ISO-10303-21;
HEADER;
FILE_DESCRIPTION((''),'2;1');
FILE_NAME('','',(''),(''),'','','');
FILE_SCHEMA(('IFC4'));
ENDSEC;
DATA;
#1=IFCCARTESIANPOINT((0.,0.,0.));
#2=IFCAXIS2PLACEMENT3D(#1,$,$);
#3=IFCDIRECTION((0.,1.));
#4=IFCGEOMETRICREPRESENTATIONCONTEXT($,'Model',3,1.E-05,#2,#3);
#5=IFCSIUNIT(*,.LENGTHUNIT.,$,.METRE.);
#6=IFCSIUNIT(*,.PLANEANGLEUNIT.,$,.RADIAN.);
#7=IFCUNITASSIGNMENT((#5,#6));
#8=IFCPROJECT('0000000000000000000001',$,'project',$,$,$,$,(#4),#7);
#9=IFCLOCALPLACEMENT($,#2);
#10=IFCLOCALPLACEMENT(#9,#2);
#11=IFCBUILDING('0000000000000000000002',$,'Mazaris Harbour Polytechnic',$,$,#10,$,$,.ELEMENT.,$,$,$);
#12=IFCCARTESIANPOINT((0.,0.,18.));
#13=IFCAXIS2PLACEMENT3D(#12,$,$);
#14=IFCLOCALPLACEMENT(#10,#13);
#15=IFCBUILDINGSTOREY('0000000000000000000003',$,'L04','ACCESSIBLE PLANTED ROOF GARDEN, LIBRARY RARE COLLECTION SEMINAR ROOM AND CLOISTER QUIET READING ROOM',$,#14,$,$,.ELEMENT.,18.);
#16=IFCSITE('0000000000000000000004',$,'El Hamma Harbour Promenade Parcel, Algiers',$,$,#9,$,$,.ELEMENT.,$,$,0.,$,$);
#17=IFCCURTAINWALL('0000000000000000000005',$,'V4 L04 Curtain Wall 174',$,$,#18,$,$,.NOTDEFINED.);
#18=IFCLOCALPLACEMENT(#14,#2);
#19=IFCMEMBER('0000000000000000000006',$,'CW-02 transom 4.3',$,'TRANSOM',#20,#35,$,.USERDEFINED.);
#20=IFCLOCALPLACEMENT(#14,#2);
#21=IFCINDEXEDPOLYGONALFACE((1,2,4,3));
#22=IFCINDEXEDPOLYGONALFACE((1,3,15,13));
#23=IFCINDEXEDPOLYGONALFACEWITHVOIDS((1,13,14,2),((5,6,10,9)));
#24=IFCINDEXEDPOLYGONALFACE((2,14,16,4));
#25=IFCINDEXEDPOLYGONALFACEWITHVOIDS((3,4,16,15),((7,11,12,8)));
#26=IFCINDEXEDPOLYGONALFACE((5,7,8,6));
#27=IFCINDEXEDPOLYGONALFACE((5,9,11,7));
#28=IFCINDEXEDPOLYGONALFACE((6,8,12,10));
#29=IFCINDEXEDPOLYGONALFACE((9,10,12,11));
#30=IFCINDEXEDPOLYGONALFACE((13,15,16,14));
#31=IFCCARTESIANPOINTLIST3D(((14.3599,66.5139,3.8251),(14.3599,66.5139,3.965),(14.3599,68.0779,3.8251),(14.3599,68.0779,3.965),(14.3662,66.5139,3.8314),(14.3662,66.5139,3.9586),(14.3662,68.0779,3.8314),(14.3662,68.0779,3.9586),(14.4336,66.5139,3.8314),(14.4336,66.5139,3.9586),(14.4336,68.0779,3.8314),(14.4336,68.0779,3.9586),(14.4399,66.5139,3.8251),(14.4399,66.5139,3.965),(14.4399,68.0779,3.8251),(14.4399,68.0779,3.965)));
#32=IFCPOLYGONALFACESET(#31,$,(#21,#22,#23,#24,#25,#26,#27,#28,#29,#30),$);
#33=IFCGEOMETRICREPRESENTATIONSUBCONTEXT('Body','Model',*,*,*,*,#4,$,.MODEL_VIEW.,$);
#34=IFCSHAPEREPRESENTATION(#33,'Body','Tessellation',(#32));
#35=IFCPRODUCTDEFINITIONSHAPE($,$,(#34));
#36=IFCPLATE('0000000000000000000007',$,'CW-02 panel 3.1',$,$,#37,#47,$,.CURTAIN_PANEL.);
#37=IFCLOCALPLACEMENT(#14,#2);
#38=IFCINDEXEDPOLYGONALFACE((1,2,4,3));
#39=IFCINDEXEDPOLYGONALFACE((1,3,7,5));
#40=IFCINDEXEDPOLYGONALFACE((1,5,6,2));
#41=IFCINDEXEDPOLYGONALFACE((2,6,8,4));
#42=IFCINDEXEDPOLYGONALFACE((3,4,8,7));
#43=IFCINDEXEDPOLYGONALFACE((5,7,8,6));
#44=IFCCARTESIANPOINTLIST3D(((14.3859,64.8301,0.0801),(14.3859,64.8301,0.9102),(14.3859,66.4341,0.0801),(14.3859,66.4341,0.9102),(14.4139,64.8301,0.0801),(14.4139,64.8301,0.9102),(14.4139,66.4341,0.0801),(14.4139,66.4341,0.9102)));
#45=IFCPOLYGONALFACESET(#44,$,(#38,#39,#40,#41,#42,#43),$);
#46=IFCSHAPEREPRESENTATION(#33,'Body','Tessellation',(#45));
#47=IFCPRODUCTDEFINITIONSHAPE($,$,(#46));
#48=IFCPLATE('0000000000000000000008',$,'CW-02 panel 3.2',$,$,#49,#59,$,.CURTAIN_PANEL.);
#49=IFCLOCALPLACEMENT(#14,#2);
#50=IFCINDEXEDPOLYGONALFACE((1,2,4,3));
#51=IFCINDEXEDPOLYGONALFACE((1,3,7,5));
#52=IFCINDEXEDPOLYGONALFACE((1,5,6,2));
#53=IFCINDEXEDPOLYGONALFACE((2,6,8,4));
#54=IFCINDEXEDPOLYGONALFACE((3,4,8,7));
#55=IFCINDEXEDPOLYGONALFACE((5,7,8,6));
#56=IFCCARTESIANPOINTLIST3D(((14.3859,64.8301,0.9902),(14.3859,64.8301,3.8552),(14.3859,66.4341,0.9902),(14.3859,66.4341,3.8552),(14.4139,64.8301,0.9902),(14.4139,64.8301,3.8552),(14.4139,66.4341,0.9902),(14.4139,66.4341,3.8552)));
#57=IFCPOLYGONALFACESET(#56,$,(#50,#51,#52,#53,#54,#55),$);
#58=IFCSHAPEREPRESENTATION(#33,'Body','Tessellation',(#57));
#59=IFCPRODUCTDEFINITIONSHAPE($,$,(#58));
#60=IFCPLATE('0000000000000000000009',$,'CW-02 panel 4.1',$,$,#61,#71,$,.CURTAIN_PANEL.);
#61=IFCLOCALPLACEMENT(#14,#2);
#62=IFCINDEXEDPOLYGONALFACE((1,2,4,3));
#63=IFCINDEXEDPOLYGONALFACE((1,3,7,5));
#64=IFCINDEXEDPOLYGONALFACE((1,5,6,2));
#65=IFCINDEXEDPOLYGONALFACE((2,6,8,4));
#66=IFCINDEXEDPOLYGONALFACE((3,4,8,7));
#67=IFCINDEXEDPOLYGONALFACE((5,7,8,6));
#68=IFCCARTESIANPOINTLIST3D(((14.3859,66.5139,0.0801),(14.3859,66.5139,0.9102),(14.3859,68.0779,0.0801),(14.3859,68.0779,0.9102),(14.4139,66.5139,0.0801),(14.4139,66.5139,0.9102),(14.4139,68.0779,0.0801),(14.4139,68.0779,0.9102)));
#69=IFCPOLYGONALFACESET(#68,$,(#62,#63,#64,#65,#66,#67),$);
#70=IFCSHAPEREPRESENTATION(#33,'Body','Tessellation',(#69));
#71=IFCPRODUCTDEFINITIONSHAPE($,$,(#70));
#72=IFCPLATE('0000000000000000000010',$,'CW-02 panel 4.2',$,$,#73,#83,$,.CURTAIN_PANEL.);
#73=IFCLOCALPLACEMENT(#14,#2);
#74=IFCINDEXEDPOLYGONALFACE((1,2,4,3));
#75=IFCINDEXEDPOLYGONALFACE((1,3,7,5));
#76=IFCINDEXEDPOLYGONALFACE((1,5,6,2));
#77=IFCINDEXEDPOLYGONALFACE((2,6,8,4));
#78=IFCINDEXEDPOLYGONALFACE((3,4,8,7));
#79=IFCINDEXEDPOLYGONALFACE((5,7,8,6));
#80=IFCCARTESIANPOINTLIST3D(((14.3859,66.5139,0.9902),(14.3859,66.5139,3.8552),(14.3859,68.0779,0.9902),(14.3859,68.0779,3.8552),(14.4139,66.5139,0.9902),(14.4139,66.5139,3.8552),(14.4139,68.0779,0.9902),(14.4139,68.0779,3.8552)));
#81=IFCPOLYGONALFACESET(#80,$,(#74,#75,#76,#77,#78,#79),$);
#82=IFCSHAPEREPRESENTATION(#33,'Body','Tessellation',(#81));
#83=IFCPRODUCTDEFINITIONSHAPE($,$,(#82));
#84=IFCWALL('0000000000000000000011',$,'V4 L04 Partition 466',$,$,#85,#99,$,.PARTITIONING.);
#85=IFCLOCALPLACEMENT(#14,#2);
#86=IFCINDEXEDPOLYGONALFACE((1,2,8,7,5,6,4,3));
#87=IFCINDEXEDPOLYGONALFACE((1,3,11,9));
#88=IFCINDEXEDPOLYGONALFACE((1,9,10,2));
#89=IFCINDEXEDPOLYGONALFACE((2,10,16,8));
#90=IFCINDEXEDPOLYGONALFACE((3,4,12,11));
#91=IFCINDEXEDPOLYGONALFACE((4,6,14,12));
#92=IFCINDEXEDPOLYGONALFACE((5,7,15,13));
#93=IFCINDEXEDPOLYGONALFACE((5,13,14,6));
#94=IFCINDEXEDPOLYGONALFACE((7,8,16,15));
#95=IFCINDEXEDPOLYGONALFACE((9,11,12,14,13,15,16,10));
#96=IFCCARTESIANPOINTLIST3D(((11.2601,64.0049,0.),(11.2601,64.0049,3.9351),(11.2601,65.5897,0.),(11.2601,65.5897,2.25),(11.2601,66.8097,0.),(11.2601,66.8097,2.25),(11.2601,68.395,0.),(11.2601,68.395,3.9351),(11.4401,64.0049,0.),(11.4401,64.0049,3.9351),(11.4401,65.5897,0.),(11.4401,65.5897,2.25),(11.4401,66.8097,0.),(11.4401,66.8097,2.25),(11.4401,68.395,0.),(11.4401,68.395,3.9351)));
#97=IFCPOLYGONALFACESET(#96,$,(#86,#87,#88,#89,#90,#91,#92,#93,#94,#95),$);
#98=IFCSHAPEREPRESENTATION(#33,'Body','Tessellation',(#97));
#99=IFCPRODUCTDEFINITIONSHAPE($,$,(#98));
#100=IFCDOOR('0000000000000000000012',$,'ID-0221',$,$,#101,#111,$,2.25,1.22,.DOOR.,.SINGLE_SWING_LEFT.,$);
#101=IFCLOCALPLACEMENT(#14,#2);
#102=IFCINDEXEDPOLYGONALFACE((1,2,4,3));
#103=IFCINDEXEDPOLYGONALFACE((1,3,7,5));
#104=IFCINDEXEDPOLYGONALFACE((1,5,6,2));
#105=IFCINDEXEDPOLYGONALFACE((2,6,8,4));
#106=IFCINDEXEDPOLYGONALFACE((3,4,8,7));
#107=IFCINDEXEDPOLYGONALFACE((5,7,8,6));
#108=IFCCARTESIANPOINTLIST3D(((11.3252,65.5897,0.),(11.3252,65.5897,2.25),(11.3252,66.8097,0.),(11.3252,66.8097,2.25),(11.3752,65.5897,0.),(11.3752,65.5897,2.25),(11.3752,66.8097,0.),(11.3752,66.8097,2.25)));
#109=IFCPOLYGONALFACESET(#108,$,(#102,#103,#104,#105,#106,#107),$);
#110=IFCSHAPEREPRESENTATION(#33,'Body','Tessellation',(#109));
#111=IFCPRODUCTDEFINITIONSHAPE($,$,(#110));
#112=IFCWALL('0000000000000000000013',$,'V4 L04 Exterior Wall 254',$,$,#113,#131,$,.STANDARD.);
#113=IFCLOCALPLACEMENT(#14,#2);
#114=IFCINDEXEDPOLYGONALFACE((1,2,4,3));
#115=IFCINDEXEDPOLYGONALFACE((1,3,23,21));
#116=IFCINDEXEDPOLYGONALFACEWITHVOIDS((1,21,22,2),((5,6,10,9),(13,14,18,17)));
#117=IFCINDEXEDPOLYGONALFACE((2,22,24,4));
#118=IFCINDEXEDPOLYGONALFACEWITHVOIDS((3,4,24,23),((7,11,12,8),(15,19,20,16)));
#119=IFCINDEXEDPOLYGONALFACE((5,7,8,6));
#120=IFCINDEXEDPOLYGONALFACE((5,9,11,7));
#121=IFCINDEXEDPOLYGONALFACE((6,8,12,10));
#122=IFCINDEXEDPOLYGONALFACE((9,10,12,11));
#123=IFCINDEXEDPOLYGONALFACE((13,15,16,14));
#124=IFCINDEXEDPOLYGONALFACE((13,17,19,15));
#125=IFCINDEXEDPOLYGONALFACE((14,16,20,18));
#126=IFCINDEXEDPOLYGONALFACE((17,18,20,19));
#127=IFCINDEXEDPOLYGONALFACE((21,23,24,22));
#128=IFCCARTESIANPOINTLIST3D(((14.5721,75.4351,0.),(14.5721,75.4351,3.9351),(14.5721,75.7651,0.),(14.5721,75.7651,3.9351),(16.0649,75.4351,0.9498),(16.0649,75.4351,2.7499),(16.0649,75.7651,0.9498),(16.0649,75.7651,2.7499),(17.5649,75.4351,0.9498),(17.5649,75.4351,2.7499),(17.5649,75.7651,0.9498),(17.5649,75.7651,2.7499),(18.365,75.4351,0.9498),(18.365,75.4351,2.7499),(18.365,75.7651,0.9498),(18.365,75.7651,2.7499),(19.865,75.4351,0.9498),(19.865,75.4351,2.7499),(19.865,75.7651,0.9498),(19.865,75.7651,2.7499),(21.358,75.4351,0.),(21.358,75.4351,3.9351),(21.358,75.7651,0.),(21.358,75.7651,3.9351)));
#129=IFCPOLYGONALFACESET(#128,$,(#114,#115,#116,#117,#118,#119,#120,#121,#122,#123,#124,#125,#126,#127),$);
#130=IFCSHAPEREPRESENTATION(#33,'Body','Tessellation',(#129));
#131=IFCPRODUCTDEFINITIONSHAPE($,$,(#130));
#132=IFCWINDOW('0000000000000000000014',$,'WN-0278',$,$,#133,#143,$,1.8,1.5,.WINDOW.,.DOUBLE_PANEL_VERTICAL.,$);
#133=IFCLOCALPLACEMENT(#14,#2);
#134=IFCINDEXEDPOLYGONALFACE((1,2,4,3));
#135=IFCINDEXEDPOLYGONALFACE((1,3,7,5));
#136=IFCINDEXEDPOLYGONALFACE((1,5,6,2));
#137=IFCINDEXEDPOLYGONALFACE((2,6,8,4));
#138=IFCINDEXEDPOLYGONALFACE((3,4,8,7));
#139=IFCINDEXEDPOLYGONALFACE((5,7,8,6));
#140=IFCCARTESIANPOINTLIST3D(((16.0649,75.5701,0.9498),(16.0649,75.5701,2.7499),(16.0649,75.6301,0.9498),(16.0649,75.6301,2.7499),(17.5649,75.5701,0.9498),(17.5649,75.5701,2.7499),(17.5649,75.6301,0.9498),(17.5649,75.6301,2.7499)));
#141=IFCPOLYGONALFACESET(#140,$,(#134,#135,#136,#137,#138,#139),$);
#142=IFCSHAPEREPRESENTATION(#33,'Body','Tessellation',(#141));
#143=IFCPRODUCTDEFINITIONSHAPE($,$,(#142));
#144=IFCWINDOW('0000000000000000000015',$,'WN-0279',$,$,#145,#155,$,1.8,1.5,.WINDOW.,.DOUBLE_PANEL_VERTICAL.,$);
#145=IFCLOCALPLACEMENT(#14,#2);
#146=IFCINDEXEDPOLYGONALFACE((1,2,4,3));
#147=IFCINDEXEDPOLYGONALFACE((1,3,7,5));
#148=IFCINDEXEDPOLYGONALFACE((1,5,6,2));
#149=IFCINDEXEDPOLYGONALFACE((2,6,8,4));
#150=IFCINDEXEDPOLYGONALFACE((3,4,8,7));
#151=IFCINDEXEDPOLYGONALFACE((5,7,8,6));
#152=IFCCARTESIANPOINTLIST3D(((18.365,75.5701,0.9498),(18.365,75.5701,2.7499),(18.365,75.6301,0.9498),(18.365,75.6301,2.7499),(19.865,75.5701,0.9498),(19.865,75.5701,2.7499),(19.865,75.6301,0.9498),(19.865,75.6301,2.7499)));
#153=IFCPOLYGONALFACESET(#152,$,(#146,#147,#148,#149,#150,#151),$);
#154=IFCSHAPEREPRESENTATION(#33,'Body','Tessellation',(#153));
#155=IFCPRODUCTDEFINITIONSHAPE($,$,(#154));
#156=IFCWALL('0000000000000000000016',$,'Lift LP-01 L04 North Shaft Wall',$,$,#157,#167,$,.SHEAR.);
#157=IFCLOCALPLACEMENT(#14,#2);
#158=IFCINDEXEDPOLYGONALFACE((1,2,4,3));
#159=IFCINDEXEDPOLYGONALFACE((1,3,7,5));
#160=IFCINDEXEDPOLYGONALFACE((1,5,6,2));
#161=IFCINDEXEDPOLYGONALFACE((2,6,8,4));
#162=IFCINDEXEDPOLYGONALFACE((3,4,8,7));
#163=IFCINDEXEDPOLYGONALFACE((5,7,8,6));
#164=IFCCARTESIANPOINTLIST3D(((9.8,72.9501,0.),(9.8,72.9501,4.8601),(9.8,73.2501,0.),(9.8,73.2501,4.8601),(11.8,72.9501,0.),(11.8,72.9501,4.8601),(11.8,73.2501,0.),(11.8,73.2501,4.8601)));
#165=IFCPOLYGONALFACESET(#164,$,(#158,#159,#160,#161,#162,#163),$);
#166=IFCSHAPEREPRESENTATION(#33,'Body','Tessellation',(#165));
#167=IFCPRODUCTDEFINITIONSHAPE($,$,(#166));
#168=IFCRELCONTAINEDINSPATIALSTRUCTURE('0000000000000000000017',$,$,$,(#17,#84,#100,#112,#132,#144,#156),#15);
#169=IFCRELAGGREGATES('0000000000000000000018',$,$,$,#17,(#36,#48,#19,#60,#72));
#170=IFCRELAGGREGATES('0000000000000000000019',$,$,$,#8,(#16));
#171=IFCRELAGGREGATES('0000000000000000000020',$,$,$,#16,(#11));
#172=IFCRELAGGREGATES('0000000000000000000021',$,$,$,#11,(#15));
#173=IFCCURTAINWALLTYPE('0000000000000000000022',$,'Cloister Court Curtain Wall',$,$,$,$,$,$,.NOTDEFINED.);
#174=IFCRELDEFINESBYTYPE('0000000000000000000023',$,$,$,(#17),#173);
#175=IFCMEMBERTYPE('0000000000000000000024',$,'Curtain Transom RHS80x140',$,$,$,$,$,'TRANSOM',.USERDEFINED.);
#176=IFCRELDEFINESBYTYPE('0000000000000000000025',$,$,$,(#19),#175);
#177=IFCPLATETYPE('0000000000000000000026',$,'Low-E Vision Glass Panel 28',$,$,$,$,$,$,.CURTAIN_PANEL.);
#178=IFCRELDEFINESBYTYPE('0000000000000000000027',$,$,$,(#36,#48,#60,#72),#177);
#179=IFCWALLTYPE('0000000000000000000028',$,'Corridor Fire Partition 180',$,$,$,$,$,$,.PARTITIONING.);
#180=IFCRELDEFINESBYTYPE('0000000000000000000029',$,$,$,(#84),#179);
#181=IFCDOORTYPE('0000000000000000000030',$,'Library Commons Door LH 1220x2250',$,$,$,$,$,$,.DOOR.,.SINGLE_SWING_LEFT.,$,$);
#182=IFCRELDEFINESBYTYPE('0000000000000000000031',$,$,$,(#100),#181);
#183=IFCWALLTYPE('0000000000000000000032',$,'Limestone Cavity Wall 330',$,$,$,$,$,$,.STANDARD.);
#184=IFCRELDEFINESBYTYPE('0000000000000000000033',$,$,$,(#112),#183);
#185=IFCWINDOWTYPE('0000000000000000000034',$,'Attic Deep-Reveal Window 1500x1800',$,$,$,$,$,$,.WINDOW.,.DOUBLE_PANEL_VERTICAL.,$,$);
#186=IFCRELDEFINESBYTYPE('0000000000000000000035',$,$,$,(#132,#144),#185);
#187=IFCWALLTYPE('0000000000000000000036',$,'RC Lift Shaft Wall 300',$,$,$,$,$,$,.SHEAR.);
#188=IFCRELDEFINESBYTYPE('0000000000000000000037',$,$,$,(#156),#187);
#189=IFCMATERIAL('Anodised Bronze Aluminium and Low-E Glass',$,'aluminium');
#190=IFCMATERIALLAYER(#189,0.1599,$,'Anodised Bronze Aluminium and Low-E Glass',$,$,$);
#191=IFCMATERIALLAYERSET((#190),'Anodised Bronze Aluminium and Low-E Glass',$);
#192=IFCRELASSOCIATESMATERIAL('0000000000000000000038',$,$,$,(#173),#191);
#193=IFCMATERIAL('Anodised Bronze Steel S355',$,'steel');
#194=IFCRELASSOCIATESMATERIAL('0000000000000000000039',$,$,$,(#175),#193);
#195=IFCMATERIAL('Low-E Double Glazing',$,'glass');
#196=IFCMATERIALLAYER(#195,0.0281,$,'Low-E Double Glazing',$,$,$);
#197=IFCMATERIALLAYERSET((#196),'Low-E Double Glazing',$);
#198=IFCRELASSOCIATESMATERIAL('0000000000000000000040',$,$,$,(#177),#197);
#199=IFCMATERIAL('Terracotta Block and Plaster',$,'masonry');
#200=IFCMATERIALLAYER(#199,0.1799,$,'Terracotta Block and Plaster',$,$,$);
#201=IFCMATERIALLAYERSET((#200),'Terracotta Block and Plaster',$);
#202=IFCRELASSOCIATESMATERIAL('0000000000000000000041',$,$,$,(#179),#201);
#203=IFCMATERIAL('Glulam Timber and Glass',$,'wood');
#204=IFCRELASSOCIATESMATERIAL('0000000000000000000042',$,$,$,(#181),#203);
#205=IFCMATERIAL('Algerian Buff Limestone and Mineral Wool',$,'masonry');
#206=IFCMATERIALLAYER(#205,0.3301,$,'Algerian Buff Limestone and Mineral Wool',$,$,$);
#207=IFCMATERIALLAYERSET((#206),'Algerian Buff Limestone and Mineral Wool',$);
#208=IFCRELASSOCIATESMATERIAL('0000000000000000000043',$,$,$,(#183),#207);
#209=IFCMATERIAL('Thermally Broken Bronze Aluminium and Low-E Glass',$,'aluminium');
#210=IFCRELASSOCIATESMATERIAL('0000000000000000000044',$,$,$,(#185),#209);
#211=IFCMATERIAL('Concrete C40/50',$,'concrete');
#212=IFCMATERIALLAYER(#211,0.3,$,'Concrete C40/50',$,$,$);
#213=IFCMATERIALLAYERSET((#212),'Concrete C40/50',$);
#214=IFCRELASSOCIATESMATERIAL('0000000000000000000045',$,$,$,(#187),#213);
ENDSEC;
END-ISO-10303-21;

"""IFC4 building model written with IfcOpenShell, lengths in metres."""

from ifc_helpers import new_model, si_unit, direction, frame, frame_2d, origin, origin_2d, place, context, subcontext, project, spatial, rectangle, hollow_rectangle, extrude, material, layer, layer_set, material_profile, profile_set, type_object, element, fill, aggregate, save


model = new_model("IFC4")

# Units and contexts
model_context = context("Model", 3, precision=1e-05, world=origin(), true_north=direction((0.0, 1.0)))
body_context = subcontext(model_context, "Body", "Model", "MODEL_VIEW")
ifc_project = project(units=[si_unit("LENGTHUNIT", "METRE"), si_unit("PLANEANGLEUNIT", "RADIAN")], contexts=[model_context])

# Site, building, storey
site_placement = place(None, origin())
site = spatial("IfcSite", under=ifc_project, at=site_placement, Name="El Hamma Harbour Promenade Parcel, Algiers", CompositionType="ELEMENT", RefElevation=0.0)
building_placement = place(site_placement, origin())
building = spatial("IfcBuilding", under=site, at=building_placement, Name="Mazaris Harbour Polytechnic", CompositionType="ELEMENT")
storey_placement = place(building_placement, frame((0.0, 0.0, 18.0)))
storey = spatial("IfcBuildingStorey", under=building, at=storey_placement, Name="L04", Description="ACCESSIBLE PLANTED ROOF GARDEN, LIBRARY RARE COLLECTION SEMINAR ROOM AND CLOISTER QUIET READING ROOM", CompositionType="ELEMENT", Elevation=18.0)

# Shared definitions
ifc_material_1 = material(Name="Anodised Bronze Aluminium and Low-E Glass", Category="aluminium")
ifc_layer_1 = layer(ifc_material_1, 0.1599, Name="Anodised Bronze Aluminium and Low-E Glass")
ifc_layer_set_1 = layer_set([ifc_layer_1], Name="Anodised Bronze Aluminium and Low-E Glass")
curtain_wall_type = type_object("IfcCurtainWallType", Name="Cloister Court Curtain Wall", PredefinedType="NOTDEFINED", material=ifc_layer_set_1)

# Curtain wall, member, plates
curtain_wall_1_placement = place(storey_placement, origin())
curtain_wall_1 = element("IfcCurtainWall", 1, at=curtain_wall_1_placement, inside=storey, type_object=curtain_wall_type, Name="V4 L04 Curtain Wall 174", PredefinedType="NOTDEFINED")
ifc_material_2 = material(Name="Anodised Bronze Steel S355", Category="steel")
ifc_material_profile_1 = material_profile(ifc_material_2, hollow_rectangle(XDim=0.0801, YDim=0.1399, WallThickness=0.0063, at=origin_2d()), Name="RHS 80x140x6.3")
ifc_profile_set_1 = profile_set([ifc_material_profile_1], Name="Anodised Bronze Steel S355")
member_type_1 = type_object("IfcMemberType", Name="Curtain Transom RHS80x140", ElementType="TRANSOM", PredefinedType="USERDEFINED", material=ifc_profile_set_1)
member_1_placement = place(storey_placement, frame((14.3999, 66.5139, 3.895), z_axis=(0.0, 1.0, 0.0), x_axis=(-1.0, 0.0, 0.0)))
member_1 = element("IfcMember", 2, at=member_1_placement, type_object=member_type_1, Name="CW-02 transom 4.3", ObjectType="TRANSOM", PredefinedType="USERDEFINED", context=body_context, shape_type="SweptSolid", body=[
    extrude(hollow_rectangle(XDim=0.0801, YDim=0.1399, WallThickness=0.0063, at=origin_2d()), origin(), (0.0, 0.0, 1.0), 1.564),
])
ifc_material_3 = material(Name="Low-E Double Glazing", Category="glass")
ifc_layer_2 = layer(ifc_material_3, 0.0281, Name="Low-E Double Glazing")
ifc_layer_set_2 = layer_set([ifc_layer_2], Name="Low-E Double Glazing")
plate_type = type_object("IfcPlateType", Name="Low-E Vision Glass Panel 28", PredefinedType="CURTAIN_PANEL", material=ifc_layer_set_2)
plate_1_placement = place(storey_placement, frame((14.3999, 65.6321, 0.0801), z_axis=(0.0, 0.0, 1.0), x_axis=(0.0, 1.0, 0.0)))
plate_1 = element("IfcPlate", 3, at=plate_1_placement, type_object=plate_type, Name="CW-02 panel 3.1", PredefinedType="CURTAIN_PANEL", context=body_context, shape_type="SweptSolid", body=[
    extrude(rectangle(XDim=1.604, YDim=0.0281, at=origin_2d()), origin(), (0.0, 0.0, 1.0), 0.8301),
])
plate_2_placement = place(storey_placement, frame((14.3999, 65.6321, 0.9902), z_axis=(0.0, 0.0, 1.0), x_axis=(0.0, 1.0, 0.0)))
plate_2 = element("IfcPlate", 4, at=plate_2_placement, type_object=plate_type, Name="CW-02 panel 3.2", PredefinedType="CURTAIN_PANEL", context=body_context, shape_type="SweptSolid", body=[
    extrude(rectangle(XDim=1.604, YDim=0.0281, at=origin_2d()), origin(), (0.0, 0.0, 1.0), 2.865),
])
plate_3_placement = place(storey_placement, frame((14.3999, 67.2959, 0.0801), z_axis=(0.0, 0.0, 1.0), x_axis=(0.0, 1.0, 0.0)))
plate_3 = element("IfcPlate", 5, at=plate_3_placement, type_object=plate_type, Name="CW-02 panel 4.1", PredefinedType="CURTAIN_PANEL", context=body_context, shape_type="SweptSolid", body=[
    extrude(rectangle(XDim=1.564, YDim=0.0281, at=origin_2d()), origin(), (0.0, 0.0, 1.0), 0.8301),
])
plate_4_placement = place(storey_placement, frame((14.3999, 67.2959, 0.9902), z_axis=(0.0, 0.0, 1.0), x_axis=(0.0, 1.0, 0.0)))
plate_4 = element("IfcPlate", 6, at=plate_4_placement, type_object=plate_type, Name="CW-02 panel 4.2", PredefinedType="CURTAIN_PANEL", context=body_context, shape_type="SweptSolid", body=[
    extrude(rectangle(XDim=1.564, YDim=0.0281, at=origin_2d()), origin(), (0.0, 0.0, 1.0), 2.865),
])
aggregate(curtain_wall_1, [plate_1, plate_2, member_1, plate_3, plate_4])

# Wall, opening, door
ifc_material_4 = material(Name="Terracotta Block and Plaster", Category="masonry")
ifc_layer_3 = layer(ifc_material_4, 0.1799, Name="Terracotta Block and Plaster")
ifc_layer_set_3 = layer_set([ifc_layer_3], Name="Terracotta Block and Plaster")
wall_type_1 = type_object("IfcWallType", Name="Corridor Fire Partition 180", PredefinedType="PARTITIONING", material=ifc_layer_set_3)
wall_1_placement = place(storey_placement, frame((11.3501, 64.0049, 0.0), z_axis=(0.0, 0.0, 1.0), x_axis=(0.0, 1.0, 0.0)))
wall_1 = element("IfcWall", 7, at=wall_1_placement, inside=storey, type_object=wall_type_1, Name="V4 L04 Partition 466", PredefinedType="PARTITIONING", context=body_context, shape_type="SweptSolid", body=[
    extrude(rectangle(XDim=4.3901, YDim=0.1799, at=frame_2d((2.1951, 0.0))), origin(), (0.0, 0.0, 1.0), 3.9351),
])
opening_1_placement = place(wall_1_placement, frame((1.585, 0.0, 0.0)))
opening_1 = element("IfcOpeningElement", 8, at=opening_1_placement, cuts=wall_1, PredefinedType="OPENING", context=body_context, shape_type="SweptSolid", body=[
    extrude(rectangle(XDim=1.22, YDim=2.25, at=frame_2d((0.6099, 1.125))), frame((0.0, 0.0999, 0.0), z_axis=(0.0, -1.0, 0.0), x_axis=(1.0, 0.0, 0.0)), (0.0, 0.0, 1.0), 0.2),
])
ifc_material_5 = material(Name="Glulam Timber and Glass", Category="wood")
door_type_1 = type_object("IfcDoorType", Name="Library Commons Door LH 1220x2250", OperationType="SINGLE_SWING_LEFT", PredefinedType="DOOR", material=ifc_material_5)
door_1_placement = place(opening_1_placement, origin())
door_1 = element("IfcDoor", 9, at=door_1_placement, inside=storey, type_object=door_type_1, Name="ID-0221", OperationType="SINGLE_SWING_LEFT", OverallHeight=2.25, OverallWidth=1.22, PredefinedType="DOOR", context=body_context, shape_type="SweptSolid", body=[
    extrude(rectangle(XDim=1.22, YDim=2.25, at=frame_2d((0.6099, 1.125))), frame((0.0, 0.0249, 0.0), z_axis=(0.0, -1.0, 0.0), x_axis=(1.0, 0.0, 0.0)), (0.0, 0.0, 1.0), 0.05),
])
fill(opening_1, door_1)

# Wall, openings, windows
ifc_material_6 = material(Name="Algerian Buff Limestone and Mineral Wool", Category="masonry")
ifc_layer_4 = layer(ifc_material_6, 0.3301, Name="Algerian Buff Limestone and Mineral Wool")
ifc_layer_set_4 = layer_set([ifc_layer_4], Name="Algerian Buff Limestone and Mineral Wool")
wall_type_2 = type_object("IfcWallType", Name="Limestone Cavity Wall 330", PredefinedType="STANDARD", material=ifc_layer_set_4)
wall_2_placement = place(storey_placement, frame((14.572, 75.6001, 0.0), z_axis=(0.0, 0.0, 1.0), x_axis=(1.0, 0.0, 0.0)))
wall_2 = element("IfcWall", 10, at=wall_2_placement, inside=storey, type_object=wall_type_2, Name="V4 L04 Exterior Wall 254", PredefinedType="STANDARD", context=body_context, shape_type="SweptSolid", body=[
    extrude(rectangle(XDim=6.7859, YDim=0.3301, at=frame_2d((3.3931, 0.0))), origin(), (0.0, 0.0, 1.0), 3.9351),
])
opening_2_placement = place(wall_2_placement, frame((1.4929, 0.0, 0.95)))
opening_2 = element("IfcOpeningElement", 11, at=opening_2_placement, cuts=wall_2, PredefinedType="OPENING", context=body_context, shape_type="SweptSolid", body=[
    extrude(rectangle(XDim=1.5, YDim=1.8, at=frame_2d((0.75, 0.8999))), frame((0.0, 0.175, 0.0), z_axis=(0.0, -1.0, 0.0), x_axis=(1.0, 0.0, 0.0)), (0.0, 0.0, 1.0), 0.3501),
])
opening_3_placement = place(wall_2_placement, frame((3.793, 0.0, 0.95)))
opening_3 = element("IfcOpeningElement", 12, at=opening_3_placement, cuts=wall_2, PredefinedType="OPENING", context=body_context, shape_type="SweptSolid", body=[
    extrude(rectangle(XDim=1.5, YDim=1.8, at=frame_2d((0.75, 0.8999))), frame((0.0, 0.175, 0.0), z_axis=(0.0, -1.0, 0.0), x_axis=(1.0, 0.0, 0.0)), (0.0, 0.0, 1.0), 0.3501),
])
ifc_material_7 = material(Name="Thermally Broken Bronze Aluminium and Low-E Glass", Category="aluminium")
window_type = type_object("IfcWindowType", Name="Attic Deep-Reveal Window 1500x1800", PartitioningType="DOUBLE_PANEL_VERTICAL", PredefinedType="WINDOW", material=ifc_material_7)
window_1_placement = place(opening_2_placement, origin())
window_1 = element("IfcWindow", 13, at=window_1_placement, inside=storey, type_object=window_type, Name="WN-0278", OverallHeight=1.8, OverallWidth=1.5, PartitioningType="DOUBLE_PANEL_VERTICAL", PredefinedType="WINDOW", context=body_context, shape_type="SweptSolid", body=[
    extrude(rectangle(XDim=1.5, YDim=1.8, at=frame_2d((0.75, 0.8999))), frame((0.0, 0.03, 0.0), z_axis=(0.0, -1.0, 0.0), x_axis=(1.0, 0.0, 0.0)), (0.0, 0.0, 1.0), 0.0601),
])
fill(opening_2, window_1)
window_2_placement = place(opening_3_placement, origin())
window_2 = element("IfcWindow", 14, at=window_2_placement, inside=storey, type_object=window_type, Name="WN-0279", OverallHeight=1.8, OverallWidth=1.5, PartitioningType="DOUBLE_PANEL_VERTICAL", PredefinedType="WINDOW", context=body_context, shape_type="SweptSolid", body=[
    extrude(rectangle(XDim=1.5, YDim=1.8, at=frame_2d((0.75, 0.8999))), frame((0.0, 0.03, 0.0), z_axis=(0.0, -1.0, 0.0), x_axis=(1.0, 0.0, 0.0)), (0.0, 0.0, 1.0), 0.0601),
])
fill(opening_3, window_2)

# Wall
ifc_material_8 = material(Name="Concrete C40/50", Category="concrete")
ifc_layer_5 = layer(ifc_material_8, 0.3, Name="Concrete C40/50")
ifc_layer_set_5 = layer_set([ifc_layer_5], Name="Concrete C40/50")
wall_type_3 = type_object("IfcWallType", Name="RC Lift Shaft Wall 300", PredefinedType="SHEAR", material=ifc_layer_set_5)
wall_3_placement = place(storey_placement, frame((11.8, 73.1001, 0.0), z_axis=(0.0, 0.0, 1.0), x_axis=(-1.0, 0.0, 0.0)))
element("IfcWall", 15, at=wall_3_placement, inside=storey, type_object=wall_type_3, Name="Lift LP-01 L04 North Shaft Wall", PredefinedType="SHEAR", context=body_context, shape_type="SweptSolid", body=[
    extrude(rectangle(XDim=2.0, YDim=0.3, at=frame_2d((1.0, 0.0))), origin(), (0.0, 0.0, 1.0), 4.8601),
])

save(model, "model.ifc")
